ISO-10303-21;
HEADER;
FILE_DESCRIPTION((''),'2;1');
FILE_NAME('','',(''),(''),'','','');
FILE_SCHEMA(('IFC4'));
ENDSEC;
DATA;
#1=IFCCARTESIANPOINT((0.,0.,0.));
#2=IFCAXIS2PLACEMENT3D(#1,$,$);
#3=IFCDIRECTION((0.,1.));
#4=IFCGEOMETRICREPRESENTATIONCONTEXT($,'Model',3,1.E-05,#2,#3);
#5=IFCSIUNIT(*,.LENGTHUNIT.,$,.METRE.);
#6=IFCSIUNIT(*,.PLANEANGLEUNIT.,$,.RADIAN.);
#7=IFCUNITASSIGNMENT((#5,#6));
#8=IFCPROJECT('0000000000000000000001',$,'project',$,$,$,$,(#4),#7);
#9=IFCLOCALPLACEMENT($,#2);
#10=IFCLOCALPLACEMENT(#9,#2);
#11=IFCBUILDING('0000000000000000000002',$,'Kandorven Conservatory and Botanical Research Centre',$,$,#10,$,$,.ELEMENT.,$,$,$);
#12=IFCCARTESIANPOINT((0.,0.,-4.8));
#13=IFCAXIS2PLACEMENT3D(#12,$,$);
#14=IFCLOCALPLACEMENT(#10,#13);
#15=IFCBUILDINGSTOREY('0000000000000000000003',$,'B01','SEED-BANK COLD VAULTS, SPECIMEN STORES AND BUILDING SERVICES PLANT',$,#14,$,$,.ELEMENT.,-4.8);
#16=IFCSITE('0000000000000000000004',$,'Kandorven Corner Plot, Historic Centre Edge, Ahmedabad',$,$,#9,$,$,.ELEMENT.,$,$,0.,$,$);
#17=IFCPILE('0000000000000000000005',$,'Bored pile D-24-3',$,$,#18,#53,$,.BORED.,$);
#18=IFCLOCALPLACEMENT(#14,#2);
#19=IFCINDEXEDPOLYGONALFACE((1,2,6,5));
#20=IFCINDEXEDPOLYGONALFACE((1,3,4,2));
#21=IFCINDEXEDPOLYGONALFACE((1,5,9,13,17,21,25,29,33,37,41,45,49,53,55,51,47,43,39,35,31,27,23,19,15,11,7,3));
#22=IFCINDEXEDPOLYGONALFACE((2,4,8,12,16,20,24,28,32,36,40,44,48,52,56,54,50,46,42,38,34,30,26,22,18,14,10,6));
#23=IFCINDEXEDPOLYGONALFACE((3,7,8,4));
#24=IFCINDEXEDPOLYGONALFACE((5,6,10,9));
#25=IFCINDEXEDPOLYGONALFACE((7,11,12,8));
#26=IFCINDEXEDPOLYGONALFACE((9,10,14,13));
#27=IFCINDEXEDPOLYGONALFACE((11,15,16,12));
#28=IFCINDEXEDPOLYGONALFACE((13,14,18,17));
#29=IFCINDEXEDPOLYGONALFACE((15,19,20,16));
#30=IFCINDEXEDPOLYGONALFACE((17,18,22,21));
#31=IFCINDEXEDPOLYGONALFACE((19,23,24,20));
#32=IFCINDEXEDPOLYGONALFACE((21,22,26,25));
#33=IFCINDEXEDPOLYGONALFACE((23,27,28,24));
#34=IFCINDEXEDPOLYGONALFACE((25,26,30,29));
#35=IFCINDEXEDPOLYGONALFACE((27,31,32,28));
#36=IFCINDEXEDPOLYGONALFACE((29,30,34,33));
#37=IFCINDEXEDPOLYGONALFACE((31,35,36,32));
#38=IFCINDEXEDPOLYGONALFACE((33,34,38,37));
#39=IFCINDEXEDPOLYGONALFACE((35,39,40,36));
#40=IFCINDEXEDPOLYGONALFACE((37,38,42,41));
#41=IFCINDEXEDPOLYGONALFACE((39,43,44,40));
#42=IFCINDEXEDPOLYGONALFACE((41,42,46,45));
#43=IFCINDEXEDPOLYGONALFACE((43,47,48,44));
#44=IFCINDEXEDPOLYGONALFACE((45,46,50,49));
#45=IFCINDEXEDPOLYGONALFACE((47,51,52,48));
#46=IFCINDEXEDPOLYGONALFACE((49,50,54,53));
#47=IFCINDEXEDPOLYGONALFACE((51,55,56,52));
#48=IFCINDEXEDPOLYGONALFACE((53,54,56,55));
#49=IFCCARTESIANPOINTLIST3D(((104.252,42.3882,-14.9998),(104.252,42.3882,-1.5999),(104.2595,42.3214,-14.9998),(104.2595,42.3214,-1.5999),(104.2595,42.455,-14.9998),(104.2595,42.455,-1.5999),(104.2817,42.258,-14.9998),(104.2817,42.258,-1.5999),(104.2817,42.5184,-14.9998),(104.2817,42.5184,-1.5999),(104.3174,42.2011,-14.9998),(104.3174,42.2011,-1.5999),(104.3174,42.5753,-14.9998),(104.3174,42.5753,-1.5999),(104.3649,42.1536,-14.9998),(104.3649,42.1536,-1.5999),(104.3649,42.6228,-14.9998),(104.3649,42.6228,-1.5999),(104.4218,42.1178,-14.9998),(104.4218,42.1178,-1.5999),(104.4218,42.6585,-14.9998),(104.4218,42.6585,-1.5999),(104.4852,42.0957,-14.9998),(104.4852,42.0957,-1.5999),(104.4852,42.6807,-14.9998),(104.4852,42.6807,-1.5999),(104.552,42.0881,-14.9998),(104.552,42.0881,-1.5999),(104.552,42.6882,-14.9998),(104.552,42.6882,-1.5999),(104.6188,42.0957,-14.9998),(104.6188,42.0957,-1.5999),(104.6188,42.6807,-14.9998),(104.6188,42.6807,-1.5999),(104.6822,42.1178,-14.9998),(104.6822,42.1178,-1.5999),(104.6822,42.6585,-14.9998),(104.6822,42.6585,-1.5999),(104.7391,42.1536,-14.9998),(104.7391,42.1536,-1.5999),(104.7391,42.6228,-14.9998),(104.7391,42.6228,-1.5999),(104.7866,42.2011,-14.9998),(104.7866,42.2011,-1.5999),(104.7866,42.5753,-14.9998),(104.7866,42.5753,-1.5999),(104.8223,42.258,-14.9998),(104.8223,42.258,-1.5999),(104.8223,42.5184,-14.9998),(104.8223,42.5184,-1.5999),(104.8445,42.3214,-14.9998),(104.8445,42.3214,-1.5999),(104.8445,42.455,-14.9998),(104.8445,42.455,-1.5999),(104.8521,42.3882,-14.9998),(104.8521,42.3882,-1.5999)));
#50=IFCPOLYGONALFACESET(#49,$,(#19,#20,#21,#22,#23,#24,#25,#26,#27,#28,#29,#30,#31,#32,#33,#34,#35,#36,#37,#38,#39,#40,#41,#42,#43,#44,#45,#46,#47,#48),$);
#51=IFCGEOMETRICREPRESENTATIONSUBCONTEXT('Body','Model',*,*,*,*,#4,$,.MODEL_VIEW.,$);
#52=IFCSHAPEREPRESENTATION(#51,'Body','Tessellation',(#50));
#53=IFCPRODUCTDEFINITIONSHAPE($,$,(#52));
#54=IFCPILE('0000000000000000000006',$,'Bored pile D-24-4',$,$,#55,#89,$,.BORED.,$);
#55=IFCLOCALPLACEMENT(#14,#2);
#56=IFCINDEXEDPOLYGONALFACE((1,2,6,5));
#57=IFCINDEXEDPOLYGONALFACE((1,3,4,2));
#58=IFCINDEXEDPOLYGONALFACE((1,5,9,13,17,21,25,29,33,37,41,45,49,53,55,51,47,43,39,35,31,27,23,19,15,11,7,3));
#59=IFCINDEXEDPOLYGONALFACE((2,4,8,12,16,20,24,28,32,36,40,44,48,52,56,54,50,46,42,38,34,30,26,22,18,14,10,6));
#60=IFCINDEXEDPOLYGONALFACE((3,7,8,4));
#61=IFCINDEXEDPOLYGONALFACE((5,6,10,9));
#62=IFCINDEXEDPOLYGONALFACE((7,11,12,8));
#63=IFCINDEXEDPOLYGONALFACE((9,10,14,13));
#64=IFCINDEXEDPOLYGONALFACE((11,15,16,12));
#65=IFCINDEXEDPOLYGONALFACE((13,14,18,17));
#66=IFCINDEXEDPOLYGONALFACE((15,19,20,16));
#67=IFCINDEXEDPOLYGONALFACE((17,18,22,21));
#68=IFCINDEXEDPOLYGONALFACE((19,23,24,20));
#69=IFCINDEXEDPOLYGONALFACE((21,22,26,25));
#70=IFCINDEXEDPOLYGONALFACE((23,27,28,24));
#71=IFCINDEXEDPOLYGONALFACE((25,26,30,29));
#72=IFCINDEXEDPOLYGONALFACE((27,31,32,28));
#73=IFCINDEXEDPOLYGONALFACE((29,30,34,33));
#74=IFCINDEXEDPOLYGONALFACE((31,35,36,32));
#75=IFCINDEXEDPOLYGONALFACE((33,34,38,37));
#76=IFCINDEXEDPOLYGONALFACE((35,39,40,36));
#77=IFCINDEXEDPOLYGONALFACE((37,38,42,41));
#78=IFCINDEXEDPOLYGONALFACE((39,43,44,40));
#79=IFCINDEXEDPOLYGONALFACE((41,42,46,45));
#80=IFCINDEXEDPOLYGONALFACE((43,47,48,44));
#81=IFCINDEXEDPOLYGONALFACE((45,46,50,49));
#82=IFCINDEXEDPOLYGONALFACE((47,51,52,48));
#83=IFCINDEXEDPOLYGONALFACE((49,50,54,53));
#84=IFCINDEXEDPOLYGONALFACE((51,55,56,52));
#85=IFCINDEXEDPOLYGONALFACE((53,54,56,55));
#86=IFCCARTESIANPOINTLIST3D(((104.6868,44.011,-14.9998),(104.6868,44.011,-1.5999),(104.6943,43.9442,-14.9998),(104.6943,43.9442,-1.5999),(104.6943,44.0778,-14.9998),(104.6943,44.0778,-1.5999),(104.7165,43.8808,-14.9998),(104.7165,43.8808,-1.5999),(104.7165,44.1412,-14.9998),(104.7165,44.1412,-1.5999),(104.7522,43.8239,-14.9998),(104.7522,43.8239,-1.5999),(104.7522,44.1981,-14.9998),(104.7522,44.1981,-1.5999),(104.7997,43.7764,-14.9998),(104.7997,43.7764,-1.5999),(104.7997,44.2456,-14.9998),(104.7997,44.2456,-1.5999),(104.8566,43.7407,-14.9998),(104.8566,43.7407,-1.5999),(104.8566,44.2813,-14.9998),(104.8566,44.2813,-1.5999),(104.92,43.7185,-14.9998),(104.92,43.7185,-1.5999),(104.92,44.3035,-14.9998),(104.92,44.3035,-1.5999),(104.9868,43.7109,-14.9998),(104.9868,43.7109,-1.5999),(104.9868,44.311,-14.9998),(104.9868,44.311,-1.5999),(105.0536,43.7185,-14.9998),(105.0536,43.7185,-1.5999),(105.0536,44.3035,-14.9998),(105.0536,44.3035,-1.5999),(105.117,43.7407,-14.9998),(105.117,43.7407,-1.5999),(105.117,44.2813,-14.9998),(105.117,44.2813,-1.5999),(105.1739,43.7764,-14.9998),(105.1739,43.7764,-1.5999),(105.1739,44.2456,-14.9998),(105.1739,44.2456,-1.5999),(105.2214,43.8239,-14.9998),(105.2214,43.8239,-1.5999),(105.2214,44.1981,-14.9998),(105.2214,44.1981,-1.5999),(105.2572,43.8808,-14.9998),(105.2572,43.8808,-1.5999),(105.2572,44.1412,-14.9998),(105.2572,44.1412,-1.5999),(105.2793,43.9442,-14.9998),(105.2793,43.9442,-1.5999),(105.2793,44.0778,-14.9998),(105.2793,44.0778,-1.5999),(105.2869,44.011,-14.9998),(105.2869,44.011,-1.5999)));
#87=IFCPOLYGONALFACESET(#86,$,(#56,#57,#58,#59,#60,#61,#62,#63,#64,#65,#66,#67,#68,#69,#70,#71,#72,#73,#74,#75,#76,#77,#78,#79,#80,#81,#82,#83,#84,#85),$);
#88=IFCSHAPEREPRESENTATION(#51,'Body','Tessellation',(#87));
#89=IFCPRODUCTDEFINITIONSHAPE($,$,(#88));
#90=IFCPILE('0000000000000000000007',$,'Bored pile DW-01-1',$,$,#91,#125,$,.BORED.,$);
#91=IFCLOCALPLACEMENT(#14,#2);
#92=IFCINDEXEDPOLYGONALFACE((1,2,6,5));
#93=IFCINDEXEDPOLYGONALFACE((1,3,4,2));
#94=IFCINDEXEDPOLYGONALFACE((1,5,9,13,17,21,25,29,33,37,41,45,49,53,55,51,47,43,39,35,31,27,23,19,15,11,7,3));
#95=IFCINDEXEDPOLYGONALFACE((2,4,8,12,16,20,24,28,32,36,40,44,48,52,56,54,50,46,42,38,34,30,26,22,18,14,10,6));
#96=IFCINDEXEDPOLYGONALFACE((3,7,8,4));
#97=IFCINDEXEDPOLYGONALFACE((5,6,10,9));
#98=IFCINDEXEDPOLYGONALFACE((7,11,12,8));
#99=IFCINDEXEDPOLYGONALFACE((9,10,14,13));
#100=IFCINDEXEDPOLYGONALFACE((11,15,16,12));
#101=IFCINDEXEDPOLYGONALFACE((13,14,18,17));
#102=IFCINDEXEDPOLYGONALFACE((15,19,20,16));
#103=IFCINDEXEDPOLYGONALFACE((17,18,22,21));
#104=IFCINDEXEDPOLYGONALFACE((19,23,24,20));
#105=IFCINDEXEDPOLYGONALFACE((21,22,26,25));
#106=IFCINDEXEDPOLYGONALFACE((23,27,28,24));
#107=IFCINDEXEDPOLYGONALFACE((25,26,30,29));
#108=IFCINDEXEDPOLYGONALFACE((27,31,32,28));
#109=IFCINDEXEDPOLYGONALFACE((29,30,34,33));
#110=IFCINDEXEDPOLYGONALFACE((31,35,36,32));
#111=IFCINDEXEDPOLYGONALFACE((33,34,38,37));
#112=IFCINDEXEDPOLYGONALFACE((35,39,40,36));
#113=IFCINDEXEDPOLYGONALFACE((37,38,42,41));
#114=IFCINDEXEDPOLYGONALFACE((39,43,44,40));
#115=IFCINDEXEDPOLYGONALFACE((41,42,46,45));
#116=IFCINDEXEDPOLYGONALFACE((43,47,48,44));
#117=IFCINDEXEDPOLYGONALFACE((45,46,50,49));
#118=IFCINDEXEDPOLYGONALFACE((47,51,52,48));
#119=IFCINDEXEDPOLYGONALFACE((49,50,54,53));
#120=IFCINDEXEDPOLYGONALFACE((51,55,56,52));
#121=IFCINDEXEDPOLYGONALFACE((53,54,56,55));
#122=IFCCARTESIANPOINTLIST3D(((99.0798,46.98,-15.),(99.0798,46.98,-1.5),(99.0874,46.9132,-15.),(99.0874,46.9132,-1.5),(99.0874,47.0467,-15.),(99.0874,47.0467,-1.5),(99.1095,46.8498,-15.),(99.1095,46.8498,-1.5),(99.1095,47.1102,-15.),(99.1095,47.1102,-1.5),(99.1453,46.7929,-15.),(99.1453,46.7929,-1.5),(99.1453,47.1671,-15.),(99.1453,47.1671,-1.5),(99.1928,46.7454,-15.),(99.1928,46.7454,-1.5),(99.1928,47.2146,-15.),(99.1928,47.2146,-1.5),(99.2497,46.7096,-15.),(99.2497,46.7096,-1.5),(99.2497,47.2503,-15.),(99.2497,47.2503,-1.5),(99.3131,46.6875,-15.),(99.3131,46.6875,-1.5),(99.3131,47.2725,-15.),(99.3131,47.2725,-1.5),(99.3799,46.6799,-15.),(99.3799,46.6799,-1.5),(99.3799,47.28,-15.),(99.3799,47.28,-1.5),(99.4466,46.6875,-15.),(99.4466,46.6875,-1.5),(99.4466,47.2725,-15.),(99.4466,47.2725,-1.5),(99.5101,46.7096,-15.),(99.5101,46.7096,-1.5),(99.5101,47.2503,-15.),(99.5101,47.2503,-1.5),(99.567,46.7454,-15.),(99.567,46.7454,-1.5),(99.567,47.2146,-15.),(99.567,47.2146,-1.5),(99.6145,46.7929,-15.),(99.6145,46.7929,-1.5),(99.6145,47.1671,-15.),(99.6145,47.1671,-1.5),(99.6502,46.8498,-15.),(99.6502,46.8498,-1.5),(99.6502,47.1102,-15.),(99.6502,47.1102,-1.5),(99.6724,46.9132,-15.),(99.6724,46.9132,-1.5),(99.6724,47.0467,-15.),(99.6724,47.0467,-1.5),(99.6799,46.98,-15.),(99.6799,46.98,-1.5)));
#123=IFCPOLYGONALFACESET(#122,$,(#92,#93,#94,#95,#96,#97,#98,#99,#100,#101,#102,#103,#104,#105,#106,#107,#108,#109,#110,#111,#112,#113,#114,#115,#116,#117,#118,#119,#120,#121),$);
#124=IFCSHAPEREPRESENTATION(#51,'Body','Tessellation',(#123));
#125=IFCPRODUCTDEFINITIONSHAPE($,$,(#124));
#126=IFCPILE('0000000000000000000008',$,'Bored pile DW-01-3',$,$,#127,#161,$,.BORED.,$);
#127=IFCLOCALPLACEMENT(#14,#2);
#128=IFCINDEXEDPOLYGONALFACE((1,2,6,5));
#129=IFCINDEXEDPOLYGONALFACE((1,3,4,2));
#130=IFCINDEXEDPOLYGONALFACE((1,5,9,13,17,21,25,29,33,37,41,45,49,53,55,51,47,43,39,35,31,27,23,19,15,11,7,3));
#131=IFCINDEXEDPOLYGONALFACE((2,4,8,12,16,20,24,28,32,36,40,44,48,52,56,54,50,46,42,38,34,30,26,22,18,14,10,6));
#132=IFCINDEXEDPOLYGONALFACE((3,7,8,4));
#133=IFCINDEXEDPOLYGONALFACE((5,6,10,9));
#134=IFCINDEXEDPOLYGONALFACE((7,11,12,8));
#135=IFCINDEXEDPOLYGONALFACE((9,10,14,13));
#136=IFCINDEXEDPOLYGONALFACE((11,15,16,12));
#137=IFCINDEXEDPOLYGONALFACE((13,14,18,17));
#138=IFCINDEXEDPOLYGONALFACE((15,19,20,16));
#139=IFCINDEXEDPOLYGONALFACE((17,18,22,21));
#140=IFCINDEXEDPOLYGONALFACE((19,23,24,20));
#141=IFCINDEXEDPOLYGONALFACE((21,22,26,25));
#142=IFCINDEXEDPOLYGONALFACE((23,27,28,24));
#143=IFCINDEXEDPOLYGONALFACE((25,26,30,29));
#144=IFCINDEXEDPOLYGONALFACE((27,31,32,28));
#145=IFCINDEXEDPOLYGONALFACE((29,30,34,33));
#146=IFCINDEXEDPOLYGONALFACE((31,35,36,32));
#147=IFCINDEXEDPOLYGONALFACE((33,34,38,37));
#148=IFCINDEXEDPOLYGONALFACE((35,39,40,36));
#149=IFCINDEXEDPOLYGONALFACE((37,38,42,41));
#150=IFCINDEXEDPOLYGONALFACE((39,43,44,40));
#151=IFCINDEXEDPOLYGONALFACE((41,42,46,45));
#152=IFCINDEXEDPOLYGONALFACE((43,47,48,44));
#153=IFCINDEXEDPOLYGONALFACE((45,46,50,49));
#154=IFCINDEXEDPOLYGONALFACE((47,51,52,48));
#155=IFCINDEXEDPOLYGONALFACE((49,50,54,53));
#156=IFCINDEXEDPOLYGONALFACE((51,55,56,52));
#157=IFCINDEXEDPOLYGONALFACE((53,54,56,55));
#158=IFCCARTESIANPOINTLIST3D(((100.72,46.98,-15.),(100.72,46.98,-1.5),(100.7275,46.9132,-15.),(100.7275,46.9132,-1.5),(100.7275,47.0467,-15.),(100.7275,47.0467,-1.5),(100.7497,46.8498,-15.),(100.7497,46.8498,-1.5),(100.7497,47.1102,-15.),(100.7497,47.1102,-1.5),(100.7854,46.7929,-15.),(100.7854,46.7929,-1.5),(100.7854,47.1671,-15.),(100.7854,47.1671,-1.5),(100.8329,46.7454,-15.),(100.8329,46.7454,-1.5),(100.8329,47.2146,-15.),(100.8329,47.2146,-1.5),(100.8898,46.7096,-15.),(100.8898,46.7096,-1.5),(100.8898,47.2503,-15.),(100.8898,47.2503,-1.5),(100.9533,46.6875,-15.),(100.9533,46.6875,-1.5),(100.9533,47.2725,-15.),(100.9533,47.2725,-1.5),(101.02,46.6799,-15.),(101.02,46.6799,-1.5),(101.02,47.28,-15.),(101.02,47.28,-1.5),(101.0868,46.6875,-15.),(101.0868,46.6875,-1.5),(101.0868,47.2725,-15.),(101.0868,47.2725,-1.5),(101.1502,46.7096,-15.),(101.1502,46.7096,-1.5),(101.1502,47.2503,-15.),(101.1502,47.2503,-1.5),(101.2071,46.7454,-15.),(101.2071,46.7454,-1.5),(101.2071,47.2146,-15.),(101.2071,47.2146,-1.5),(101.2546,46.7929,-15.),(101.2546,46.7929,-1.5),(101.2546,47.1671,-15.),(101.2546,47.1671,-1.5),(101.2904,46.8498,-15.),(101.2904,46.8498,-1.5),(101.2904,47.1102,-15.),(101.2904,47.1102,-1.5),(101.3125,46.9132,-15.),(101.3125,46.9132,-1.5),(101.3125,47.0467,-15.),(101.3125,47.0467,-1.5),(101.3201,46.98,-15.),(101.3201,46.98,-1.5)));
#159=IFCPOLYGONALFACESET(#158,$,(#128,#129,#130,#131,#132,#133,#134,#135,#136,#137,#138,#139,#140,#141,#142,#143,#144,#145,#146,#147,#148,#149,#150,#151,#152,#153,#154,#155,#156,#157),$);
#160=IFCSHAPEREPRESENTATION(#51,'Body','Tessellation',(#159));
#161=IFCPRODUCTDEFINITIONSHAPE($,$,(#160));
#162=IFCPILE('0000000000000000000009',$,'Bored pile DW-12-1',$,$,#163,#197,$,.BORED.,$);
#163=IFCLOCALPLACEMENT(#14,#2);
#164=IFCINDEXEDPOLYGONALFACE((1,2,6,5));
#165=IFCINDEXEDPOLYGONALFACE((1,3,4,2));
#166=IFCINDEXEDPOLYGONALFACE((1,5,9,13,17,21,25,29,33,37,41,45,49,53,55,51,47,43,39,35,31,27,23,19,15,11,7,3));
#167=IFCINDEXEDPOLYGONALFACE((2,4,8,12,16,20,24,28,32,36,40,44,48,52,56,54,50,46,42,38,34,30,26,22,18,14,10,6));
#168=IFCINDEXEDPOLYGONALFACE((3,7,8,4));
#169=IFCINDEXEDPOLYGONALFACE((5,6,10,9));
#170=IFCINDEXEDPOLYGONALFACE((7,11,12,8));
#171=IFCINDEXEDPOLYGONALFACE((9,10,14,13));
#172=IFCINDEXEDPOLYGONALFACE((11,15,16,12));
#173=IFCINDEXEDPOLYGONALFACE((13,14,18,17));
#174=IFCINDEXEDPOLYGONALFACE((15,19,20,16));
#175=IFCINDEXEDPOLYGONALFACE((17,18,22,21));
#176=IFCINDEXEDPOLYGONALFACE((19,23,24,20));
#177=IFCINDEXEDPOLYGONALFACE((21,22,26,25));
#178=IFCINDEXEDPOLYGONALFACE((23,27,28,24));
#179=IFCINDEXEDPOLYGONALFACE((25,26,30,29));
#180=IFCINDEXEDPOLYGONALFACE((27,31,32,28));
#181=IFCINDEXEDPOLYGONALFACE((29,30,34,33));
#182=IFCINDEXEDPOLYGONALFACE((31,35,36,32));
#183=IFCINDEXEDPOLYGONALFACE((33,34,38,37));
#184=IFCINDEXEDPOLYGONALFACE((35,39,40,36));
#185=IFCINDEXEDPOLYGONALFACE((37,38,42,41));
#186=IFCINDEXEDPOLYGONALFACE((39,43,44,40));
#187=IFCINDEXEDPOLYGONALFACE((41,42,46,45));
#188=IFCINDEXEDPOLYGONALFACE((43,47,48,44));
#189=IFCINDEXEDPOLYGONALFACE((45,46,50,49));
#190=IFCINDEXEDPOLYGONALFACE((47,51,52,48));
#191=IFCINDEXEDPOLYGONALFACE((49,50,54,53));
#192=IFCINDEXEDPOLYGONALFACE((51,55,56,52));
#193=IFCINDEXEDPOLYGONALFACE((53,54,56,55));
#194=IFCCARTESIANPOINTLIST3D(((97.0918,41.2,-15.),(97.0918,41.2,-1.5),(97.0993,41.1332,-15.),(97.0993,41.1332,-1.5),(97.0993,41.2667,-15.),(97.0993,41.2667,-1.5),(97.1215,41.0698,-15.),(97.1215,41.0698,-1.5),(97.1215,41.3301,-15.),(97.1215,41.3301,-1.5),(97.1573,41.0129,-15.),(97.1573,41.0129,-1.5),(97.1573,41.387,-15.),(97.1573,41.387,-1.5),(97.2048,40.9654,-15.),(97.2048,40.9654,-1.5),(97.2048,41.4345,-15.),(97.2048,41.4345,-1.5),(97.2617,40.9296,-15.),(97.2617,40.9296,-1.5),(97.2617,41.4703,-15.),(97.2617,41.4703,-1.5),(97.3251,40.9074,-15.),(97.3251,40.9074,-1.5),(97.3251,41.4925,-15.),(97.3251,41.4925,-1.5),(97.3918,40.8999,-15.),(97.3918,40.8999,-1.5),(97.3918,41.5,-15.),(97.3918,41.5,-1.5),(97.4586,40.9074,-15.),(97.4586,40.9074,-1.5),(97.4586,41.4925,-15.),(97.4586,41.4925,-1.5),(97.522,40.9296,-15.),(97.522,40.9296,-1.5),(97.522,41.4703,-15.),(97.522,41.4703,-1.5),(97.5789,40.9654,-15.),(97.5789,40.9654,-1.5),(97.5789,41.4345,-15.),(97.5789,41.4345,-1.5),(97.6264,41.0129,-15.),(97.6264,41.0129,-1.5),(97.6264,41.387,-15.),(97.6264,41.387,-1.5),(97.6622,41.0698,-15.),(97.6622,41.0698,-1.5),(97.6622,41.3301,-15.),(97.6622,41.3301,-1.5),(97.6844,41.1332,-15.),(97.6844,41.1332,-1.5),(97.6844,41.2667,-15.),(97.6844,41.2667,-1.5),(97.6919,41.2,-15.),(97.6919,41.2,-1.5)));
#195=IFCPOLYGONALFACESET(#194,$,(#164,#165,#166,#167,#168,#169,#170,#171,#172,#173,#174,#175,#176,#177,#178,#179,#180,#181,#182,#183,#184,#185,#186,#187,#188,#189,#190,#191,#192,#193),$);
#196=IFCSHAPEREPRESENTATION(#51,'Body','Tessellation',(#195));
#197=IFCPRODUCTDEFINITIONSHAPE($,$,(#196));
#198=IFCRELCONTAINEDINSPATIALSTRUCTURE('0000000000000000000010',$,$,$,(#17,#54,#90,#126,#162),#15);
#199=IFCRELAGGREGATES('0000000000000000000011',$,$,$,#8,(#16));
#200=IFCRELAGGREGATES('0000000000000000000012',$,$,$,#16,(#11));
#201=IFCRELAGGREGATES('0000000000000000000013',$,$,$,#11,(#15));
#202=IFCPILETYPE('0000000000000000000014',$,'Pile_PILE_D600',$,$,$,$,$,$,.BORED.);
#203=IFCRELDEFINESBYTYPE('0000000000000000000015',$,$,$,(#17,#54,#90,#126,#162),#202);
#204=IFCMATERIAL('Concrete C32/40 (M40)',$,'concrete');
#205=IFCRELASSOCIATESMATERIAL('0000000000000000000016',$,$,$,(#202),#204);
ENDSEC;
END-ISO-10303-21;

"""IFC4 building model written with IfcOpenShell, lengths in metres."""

from ifc_helpers import new_model, si_unit, direction, frame, origin, origin_2d, place, context, subcontext, project, spatial, circle, extrude, material, material_profile, profile_set, type_object, element, save


model = new_model("IFC4")

# Units and contexts
model_context = context("Model", 3, precision=1e-05, world=origin(), true_north=direction((0.0, 1.0)))
body_context = subcontext(model_context, "Body", "Model", "MODEL_VIEW")
ifc_project = project(units=[si_unit("LENGTHUNIT", "METRE"), si_unit("PLANEANGLEUNIT", "RADIAN")], contexts=[model_context])

# Site, building, storey
site_placement = place(None, origin())
site = spatial("IfcSite", under=ifc_project, at=site_placement, Name="Kandorven Corner Plot, Historic Centre Edge, Ahmedabad", CompositionType="ELEMENT", RefElevation=0.0)
building_placement = place(site_placement, origin())
building = spatial("IfcBuilding", under=site, at=building_placement, Name="Kandorven Conservatory and Botanical Research Centre", CompositionType="ELEMENT")
storey_placement = place(building_placement, frame((0.0, 0.0, -4.8)))
storey = spatial("IfcBuildingStorey", under=building, at=storey_placement, Name="B01", Description="SEED-BANK COLD VAULTS, SPECIMEN STORES AND BUILDING SERVICES PLANT", CompositionType="ELEMENT", Elevation=-4.8)

# Piles
ifc_material_1 = material(Name="Concrete C32/40 (M40)", Category="concrete")
ifc_material_profile_1 = material_profile(ifc_material_1, circle(Radius=0.3, at=origin_2d()))
ifc_profile_set_1 = profile_set([ifc_material_profile_1], Name="Concrete C32/40 (M40)")
pile_type = type_object("IfcPileType", Name="Pile_PILE_D600", PredefinedType="BORED", material=ifc_profile_set_1)
for number, where, z_axis, x_axis, name in (
    (1, (104.552, 42.3882, -1.5999), (0.0, 0.0, -1.0), (1.0, 0.0, 0.0), "Bored pile D-24-3"),
    (2, (104.9868, 44.011, -1.5999), (0.0, 0.0, -1.0), (1.0, 0.0, 0.0), "Bored pile D-24-4"),
):
    element("IfcPile", number, at=place(storey_placement, frame(where, z_axis=z_axis, x_axis=x_axis)), inside=storey, type_object=pile_type, Name=name, PredefinedType="BORED", context=body_context, shape_type="SweptSolid", body=[
        extrude(circle(Radius=0.3, at=origin_2d()), origin(), (0.0, 0.0, 1.0), 13.3999),
    ])
for number, where, z_axis, x_axis, name in (
    (3, (99.3799, 46.98, -1.5), (0.0, 0.0, -1.0), (1.0, 0.0, 0.0), "Bored pile DW-01-1"),
    (4, (101.02, 46.98, -1.5), (0.0, 0.0, -1.0), (1.0, 0.0, 0.0), "Bored pile DW-01-3"),
    (5, (97.3918, 41.2, -1.5), (0.0, 0.0, -1.0), (1.0, 0.0, 0.0), "Bored pile DW-12-1"),
):
    element("IfcPile", number, at=place(storey_placement, frame(where, z_axis=z_axis, x_axis=x_axis)), inside=storey, type_object=pile_type, Name=name, PredefinedType="BORED", context=body_context, shape_type="SweptSolid", body=[
        extrude(circle(Radius=0.3, at=origin_2d()), origin(), (0.0, 0.0, 1.0), 13.5),
    ])

save(model, "model.ifc")
